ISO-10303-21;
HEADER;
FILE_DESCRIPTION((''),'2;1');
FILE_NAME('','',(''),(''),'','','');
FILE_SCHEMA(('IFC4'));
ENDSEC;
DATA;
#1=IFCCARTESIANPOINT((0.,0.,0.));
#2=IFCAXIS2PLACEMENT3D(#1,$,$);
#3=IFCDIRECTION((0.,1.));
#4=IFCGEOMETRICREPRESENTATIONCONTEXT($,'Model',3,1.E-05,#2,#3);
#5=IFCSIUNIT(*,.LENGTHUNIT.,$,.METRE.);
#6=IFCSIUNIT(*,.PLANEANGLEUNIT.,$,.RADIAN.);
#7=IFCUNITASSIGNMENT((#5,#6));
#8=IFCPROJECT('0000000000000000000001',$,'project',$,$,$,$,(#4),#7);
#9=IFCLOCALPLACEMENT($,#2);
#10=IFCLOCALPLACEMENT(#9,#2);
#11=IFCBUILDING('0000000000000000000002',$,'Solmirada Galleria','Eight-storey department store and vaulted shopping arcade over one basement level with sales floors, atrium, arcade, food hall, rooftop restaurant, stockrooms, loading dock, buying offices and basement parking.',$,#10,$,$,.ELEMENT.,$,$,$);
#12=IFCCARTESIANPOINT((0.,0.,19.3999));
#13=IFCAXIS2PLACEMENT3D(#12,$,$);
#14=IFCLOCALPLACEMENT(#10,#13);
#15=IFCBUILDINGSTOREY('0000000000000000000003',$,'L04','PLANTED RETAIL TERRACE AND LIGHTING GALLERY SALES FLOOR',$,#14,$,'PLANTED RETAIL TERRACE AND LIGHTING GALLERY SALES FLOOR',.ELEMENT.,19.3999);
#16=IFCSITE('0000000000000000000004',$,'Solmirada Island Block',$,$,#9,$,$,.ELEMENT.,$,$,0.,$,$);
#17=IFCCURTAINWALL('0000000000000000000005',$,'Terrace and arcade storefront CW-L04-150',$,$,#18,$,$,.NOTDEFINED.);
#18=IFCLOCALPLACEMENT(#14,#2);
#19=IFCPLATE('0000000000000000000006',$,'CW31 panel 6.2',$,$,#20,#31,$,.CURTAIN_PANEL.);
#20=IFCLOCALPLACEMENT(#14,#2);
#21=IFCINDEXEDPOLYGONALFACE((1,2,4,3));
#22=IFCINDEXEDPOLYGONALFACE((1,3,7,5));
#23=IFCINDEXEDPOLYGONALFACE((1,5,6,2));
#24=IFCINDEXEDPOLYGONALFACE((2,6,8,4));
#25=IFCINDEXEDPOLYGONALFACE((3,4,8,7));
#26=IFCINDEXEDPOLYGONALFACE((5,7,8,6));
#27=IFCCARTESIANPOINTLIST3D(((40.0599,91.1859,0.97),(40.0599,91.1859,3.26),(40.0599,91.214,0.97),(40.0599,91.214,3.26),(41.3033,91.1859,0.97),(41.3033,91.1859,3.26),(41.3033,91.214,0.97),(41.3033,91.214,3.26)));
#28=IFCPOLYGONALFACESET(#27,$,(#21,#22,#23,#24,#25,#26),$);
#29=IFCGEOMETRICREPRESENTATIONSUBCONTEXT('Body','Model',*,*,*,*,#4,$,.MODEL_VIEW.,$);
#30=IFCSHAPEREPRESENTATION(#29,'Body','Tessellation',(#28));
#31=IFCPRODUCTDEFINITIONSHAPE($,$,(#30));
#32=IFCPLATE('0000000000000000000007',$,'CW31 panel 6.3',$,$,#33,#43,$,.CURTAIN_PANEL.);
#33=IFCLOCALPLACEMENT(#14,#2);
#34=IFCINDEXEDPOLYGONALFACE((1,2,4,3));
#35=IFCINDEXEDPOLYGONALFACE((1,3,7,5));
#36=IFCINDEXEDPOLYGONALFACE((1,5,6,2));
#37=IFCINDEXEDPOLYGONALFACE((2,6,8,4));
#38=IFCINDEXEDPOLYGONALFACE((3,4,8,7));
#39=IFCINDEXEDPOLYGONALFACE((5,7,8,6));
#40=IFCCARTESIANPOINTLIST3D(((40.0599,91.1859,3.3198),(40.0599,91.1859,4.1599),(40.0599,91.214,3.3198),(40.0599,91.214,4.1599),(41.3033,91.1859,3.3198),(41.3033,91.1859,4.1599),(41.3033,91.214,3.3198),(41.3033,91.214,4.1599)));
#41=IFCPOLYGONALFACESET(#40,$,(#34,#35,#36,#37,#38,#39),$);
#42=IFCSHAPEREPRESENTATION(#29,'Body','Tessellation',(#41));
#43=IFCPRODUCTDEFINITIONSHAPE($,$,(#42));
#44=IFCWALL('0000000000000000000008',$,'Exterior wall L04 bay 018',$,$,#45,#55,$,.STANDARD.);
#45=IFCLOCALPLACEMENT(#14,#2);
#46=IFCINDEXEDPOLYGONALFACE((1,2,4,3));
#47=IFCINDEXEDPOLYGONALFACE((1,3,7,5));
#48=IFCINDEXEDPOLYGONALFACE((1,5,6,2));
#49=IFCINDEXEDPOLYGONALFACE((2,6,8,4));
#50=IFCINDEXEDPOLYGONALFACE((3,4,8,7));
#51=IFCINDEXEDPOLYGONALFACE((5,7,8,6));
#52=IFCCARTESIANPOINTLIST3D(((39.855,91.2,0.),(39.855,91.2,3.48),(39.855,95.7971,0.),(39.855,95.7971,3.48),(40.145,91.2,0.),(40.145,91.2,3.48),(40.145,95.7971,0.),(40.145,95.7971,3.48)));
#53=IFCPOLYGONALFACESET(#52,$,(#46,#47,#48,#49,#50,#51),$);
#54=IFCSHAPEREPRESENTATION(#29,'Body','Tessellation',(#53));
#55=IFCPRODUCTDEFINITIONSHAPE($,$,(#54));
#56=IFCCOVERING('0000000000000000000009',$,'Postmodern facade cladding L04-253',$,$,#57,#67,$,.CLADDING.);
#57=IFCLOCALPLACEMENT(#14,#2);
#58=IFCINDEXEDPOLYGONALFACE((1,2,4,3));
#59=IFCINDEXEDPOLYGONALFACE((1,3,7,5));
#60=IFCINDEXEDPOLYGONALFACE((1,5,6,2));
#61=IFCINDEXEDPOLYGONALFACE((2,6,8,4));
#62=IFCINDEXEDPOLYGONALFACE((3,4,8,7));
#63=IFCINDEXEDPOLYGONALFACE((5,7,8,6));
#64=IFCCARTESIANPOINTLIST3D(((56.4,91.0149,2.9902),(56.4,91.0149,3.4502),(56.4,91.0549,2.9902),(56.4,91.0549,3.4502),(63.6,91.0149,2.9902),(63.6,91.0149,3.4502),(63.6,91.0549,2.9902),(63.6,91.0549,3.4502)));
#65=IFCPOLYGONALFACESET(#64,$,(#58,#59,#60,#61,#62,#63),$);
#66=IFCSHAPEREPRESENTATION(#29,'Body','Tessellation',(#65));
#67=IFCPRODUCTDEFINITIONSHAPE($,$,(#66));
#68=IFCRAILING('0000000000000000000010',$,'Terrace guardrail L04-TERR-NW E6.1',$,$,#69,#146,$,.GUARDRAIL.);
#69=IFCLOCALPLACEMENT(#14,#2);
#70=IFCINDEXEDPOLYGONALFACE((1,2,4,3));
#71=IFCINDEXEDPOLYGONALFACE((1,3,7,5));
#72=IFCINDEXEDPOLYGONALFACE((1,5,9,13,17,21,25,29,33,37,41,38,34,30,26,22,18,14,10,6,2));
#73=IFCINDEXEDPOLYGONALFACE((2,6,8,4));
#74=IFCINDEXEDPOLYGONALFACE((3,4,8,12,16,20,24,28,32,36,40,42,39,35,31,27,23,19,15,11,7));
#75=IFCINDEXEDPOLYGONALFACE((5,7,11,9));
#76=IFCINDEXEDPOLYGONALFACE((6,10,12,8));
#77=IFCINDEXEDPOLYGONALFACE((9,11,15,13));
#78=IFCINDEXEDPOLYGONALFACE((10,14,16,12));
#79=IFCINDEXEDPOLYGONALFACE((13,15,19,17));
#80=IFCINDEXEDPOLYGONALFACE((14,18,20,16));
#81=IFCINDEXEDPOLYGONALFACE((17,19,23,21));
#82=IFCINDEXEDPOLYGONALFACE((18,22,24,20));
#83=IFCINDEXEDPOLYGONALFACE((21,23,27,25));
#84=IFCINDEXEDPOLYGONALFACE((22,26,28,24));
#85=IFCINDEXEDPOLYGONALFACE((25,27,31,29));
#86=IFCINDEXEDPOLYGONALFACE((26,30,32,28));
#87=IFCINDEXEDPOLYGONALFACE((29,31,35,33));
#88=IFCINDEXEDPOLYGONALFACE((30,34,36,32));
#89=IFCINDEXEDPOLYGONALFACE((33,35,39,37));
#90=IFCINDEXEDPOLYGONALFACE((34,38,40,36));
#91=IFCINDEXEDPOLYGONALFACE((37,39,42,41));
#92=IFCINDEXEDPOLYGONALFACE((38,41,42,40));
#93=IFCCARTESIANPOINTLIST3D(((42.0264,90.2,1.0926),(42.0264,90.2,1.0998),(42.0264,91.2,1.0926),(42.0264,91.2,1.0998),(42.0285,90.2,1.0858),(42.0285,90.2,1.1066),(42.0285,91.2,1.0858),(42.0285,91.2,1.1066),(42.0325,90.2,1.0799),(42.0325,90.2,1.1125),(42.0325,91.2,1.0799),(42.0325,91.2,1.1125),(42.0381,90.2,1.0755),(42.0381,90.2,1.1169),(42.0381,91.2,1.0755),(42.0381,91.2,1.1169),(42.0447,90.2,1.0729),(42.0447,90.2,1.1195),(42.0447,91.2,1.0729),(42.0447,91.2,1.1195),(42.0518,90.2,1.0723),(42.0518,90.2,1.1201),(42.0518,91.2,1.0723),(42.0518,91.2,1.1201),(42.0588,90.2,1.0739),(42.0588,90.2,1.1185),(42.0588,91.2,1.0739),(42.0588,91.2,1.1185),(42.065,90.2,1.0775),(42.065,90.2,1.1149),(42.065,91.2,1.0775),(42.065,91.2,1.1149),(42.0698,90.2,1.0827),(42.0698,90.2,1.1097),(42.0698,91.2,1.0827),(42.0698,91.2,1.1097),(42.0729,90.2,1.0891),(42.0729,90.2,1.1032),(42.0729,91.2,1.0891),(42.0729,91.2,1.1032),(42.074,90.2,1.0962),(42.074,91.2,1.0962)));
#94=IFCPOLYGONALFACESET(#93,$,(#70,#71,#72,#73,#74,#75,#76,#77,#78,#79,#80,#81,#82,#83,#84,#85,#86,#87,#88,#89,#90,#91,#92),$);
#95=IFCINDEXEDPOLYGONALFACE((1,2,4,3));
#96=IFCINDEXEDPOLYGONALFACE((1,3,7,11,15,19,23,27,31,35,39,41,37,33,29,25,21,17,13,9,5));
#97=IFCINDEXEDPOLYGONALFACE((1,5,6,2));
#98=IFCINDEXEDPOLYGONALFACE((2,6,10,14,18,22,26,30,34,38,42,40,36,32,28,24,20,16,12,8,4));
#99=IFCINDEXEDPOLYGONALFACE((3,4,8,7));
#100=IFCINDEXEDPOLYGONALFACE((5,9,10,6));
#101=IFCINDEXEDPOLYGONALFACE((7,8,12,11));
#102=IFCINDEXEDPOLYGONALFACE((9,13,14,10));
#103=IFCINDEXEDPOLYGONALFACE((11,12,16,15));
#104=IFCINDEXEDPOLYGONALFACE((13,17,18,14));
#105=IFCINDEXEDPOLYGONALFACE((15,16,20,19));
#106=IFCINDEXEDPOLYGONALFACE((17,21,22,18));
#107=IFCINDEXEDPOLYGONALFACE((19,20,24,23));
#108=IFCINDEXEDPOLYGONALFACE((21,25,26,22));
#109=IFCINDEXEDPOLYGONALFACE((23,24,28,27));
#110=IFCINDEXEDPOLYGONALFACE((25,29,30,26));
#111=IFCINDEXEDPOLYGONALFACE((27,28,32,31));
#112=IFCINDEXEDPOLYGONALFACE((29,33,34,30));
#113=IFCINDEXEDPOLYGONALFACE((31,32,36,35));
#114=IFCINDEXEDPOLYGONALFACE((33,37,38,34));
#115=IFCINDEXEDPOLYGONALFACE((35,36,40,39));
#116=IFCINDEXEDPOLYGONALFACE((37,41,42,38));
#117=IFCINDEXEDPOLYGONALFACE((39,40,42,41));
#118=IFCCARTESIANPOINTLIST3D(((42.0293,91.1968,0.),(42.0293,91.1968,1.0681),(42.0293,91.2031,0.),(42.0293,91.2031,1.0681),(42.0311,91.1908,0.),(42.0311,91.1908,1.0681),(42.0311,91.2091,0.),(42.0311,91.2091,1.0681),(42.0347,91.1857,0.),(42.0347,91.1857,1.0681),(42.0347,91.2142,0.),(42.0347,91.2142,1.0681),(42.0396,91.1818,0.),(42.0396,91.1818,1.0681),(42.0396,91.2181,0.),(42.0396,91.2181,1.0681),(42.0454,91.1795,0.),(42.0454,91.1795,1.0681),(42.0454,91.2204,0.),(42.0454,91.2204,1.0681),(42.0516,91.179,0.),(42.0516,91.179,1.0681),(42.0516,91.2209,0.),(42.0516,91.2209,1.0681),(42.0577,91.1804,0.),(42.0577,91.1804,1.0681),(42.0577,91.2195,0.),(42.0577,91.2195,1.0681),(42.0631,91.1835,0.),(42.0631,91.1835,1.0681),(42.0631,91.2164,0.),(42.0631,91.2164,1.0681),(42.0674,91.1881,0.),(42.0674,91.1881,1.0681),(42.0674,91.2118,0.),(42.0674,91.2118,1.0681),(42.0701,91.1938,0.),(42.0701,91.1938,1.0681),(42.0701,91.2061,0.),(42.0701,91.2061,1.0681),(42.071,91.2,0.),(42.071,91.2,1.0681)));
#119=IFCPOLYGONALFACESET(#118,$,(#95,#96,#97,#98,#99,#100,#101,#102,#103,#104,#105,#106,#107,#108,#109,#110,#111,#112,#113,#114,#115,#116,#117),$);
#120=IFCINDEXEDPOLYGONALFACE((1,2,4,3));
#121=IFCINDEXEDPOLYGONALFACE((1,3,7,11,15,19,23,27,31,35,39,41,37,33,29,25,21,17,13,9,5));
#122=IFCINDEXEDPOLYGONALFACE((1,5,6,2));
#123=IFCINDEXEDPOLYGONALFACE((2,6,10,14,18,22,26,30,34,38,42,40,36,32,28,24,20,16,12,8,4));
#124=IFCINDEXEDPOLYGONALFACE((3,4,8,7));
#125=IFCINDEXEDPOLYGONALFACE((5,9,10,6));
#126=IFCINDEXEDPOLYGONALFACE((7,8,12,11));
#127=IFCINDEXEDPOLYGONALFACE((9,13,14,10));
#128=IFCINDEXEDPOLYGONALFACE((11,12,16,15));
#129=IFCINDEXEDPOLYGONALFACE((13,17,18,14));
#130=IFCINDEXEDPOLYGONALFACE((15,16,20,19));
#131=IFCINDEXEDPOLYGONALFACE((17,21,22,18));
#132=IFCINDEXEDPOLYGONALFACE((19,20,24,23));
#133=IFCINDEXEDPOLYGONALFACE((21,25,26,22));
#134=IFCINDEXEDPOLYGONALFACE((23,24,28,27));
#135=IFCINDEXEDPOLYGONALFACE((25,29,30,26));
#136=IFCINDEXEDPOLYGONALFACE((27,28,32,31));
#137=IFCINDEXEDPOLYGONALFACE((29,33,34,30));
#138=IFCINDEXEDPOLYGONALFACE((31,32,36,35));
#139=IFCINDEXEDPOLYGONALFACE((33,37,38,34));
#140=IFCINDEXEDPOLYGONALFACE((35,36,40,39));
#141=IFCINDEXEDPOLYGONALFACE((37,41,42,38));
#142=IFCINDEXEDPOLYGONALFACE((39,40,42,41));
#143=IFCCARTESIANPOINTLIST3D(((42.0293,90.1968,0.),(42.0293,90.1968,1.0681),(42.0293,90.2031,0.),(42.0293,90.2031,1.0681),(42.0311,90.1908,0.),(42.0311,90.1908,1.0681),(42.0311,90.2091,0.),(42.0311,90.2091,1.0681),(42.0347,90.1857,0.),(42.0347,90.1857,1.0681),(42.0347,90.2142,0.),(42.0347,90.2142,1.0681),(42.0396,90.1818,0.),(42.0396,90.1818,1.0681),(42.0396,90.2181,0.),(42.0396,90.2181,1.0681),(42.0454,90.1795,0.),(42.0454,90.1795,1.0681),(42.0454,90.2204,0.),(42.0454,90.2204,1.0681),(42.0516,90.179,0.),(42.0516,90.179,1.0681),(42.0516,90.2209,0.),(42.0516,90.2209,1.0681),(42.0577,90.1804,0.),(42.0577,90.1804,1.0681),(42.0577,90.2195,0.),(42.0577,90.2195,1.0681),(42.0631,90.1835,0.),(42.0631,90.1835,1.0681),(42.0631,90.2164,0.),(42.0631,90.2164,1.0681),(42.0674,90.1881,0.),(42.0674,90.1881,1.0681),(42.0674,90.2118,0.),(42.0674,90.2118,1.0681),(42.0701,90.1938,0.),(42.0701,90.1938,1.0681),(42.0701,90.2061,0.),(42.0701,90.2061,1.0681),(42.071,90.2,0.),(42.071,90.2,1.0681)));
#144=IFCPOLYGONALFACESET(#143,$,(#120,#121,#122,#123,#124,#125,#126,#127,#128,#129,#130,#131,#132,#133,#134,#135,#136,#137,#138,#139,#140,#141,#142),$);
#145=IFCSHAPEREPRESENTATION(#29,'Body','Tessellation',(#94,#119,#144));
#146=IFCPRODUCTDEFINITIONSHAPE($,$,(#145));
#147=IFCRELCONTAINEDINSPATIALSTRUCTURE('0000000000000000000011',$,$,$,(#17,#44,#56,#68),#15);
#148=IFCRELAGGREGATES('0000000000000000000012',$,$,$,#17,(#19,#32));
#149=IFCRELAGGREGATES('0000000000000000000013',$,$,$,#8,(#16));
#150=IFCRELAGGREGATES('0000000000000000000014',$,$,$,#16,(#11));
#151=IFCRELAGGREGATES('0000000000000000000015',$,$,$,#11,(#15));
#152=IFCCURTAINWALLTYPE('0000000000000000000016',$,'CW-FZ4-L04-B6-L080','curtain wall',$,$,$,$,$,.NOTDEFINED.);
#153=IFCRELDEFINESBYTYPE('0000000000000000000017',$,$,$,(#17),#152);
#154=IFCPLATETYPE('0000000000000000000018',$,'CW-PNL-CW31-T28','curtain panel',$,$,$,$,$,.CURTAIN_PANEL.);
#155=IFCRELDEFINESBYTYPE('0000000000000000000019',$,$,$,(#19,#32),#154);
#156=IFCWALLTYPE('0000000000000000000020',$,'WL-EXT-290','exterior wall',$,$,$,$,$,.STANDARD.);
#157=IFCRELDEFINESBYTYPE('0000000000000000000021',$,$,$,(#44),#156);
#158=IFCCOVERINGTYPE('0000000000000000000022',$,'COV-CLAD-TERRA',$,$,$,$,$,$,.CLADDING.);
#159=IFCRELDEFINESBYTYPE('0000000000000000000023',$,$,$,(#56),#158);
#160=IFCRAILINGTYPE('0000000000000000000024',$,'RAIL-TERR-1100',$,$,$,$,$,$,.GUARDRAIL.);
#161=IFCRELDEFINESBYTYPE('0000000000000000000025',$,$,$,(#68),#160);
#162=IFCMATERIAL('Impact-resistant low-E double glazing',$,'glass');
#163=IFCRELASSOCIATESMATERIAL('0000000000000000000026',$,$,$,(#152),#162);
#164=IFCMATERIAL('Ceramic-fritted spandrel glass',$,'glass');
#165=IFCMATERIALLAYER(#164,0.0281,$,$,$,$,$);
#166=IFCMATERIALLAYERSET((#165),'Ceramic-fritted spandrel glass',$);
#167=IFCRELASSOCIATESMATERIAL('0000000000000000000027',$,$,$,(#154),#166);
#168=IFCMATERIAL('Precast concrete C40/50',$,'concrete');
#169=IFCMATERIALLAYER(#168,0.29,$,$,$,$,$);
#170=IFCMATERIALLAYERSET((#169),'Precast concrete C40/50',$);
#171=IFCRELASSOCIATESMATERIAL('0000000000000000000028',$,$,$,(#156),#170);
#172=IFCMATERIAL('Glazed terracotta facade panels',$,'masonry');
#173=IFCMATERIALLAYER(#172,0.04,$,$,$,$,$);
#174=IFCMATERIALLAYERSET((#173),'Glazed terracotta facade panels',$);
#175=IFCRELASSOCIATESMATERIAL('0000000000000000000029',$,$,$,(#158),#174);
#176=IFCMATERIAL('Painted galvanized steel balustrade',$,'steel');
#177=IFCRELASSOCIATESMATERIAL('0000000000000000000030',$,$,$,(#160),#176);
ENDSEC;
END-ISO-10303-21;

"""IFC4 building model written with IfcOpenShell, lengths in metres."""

from ifc_helpers import new_model, si_unit, direction, frame, frame_2d, origin, origin_2d, place, context, subcontext, project, spatial, rectangle, circle, extrude, material, layer, layer_set, type_object, element, aggregate, save


model = new_model("IFC4")

# Units and contexts
model_context = context("Model", 3, precision=1e-05, world=origin(), true_north=direction((0.0, 1.0)))
body_context = subcontext(model_context, "Body", "Model", "MODEL_VIEW")
ifc_project = project(units=[si_unit("LENGTHUNIT", "METRE"), si_unit("PLANEANGLEUNIT", "RADIAN")], contexts=[model_context])

# Site, building, storey
site_placement = place(None, origin())
site = spatial("IfcSite", under=ifc_project, at=site_placement, Name="Solmirada Island Block", CompositionType="ELEMENT", RefElevation=0.0)
building_placement = place(site_placement, origin())
building = spatial("IfcBuilding", under=site, at=building_placement, Name="Solmirada Galleria", Description="Eight-storey department store and vaulted shopping arcade over one basement level with sales floors, atrium, arcade, food hall, rooftop restaurant, stockrooms, loading dock, buying offices and basement parking.", CompositionType="ELEMENT")
storey_placement = place(building_placement, frame((0.0, 0.0, 19.3999)))
storey = spatial("IfcBuildingStorey", under=building, at=storey_placement, Name="L04", Description="PLANTED RETAIL TERRACE AND LIGHTING GALLERY SALES FLOOR", LongName="PLANTED RETAIL TERRACE AND LIGHTING GALLERY SALES FLOOR", CompositionType="ELEMENT", Elevation=19.3999)

# Curtain wall, plates
ifc_material_1 = material(Name="Impact-resistant low-E double glazing", Category="glass")
curtain_wall_type = type_object("IfcCurtainWallType", Name="CW-FZ4-L04-B6-L080", Description="curtain wall", PredefinedType="NOTDEFINED", material=ifc_material_1)
curtain_wall_placement = place(storey_placement, origin())
curtain_wall = element("IfcCurtainWall", 1, at=curtain_wall_placement, inside=storey, type_object=curtain_wall_type, Name="Terrace and arcade storefront CW-L04-150", PredefinedType="NOTDEFINED")
ifc_material_2 = material(Name="Ceramic-fritted spandrel glass", Category="glass")
ifc_layer_1 = layer(ifc_material_2, 0.0281)
ifc_layer_set_1 = layer_set([ifc_layer_1], Name="Ceramic-fritted spandrel glass")
plate_type = type_object("IfcPlateType", Name="CW-PNL-CW31-T28", Description="curtain panel", PredefinedType="CURTAIN_PANEL", material=ifc_layer_set_1)
plate_1_placement = place(storey_placement, frame((40.6816, 91.2, 0.97), z_axis=(0.0, 0.0, 1.0), x_axis=(-1.0, 0.0, 0.0)))
plate_1 = element("IfcPlate", 2, at=plate_1_placement, type_object=plate_type, Name="CW31 panel 6.2", PredefinedType="CURTAIN_PANEL", context=body_context, shape_type="SweptSolid", body=[
    extrude(rectangle(XDim=1.2434, YDim=0.0281, at=origin_2d()), origin(), (0.0, 0.0, 1.0), 2.29),
])
plate_2_placement = place(storey_placement, frame((40.6816, 91.2, 3.3198), z_axis=(0.0, 0.0, 1.0), x_axis=(-1.0, 0.0, 0.0)))
plate_2 = element("IfcPlate", 3, at=plate_2_placement, type_object=plate_type, Name="CW31 panel 6.3", PredefinedType="CURTAIN_PANEL", context=body_context, shape_type="SweptSolid", body=[
    extrude(rectangle(XDim=1.2434, YDim=0.0281, at=origin_2d()), origin(), (0.0, 0.0, 1.0), 0.8401),
])
aggregate(curtain_wall, [plate_1, plate_2])

# Wall
ifc_material_3 = material(Name="Precast concrete C40/50", Category="concrete")
ifc_layer_2 = layer(ifc_material_3, 0.29)
ifc_layer_set_2 = layer_set([ifc_layer_2], Name="Precast concrete C40/50")
wall_type = type_object("IfcWallType", Name="WL-EXT-290", Description="exterior wall", PredefinedType="STANDARD", material=ifc_layer_set_2)
wall_placement = place(storey_placement, frame((40.0, 91.2, 0.0), z_axis=(0.0, 0.0, 1.0), x_axis=(0.0, 1.0, 0.0)))
element("IfcWall", 4, at=wall_placement, inside=storey, type_object=wall_type, Name="Exterior wall L04 bay 018", PredefinedType="STANDARD", context=body_context, shape_type="SweptSolid", body=[
    extrude(rectangle(XDim=4.5972, YDim=0.29, at=frame_2d((2.2986, 0.0))), origin(), (0.0, 0.0, 1.0), 3.48),
])

# Covering
ifc_material_4 = material(Name="Glazed terracotta facade panels", Category="masonry")
ifc_layer_3 = layer(ifc_material_4, 0.04)
ifc_layer_set_3 = layer_set([ifc_layer_3], Name="Glazed terracotta facade panels")
covering_type = type_object("IfcCoveringType", Name="COV-CLAD-TERRA", PredefinedType="CLADDING", material=ifc_layer_set_3)
covering_placement = place(storey_placement, frame((60.0, 91.0349, 2.9902), z_axis=(0.0, 0.0, 1.0), x_axis=(-1.0, 0.0, 0.0)))
element("IfcCovering", 5, at=covering_placement, inside=storey, type_object=covering_type, Name="Postmodern facade cladding L04-253", PredefinedType="CLADDING", context=body_context, shape_type="SweptSolid", body=[
    extrude(rectangle(XDim=7.2, YDim=0.04, at=origin_2d()), origin(), (0.0, 0.0, 1.0), 0.46),
])

# Railing
ifc_material_5 = material(Name="Painted galvanized steel balustrade", Category="steel")
railing_type = type_object("IfcRailingType", Name="RAIL-TERR-1100", PredefinedType="GUARDRAIL", material=ifc_material_5)
railing_1_placement = place(storey_placement, frame((42.05, 91.2, 0.0)))
element("IfcRailing", 6, at=railing_1_placement, inside=storey, type_object=railing_type, Name="Terrace guardrail L04-TERR-NW E6.1", PredefinedType="GUARDRAIL", context=body_context, shape_type="SweptSolid", body=[
    extrude(circle(Radius=0.0239, at=origin_2d()), frame((0.0, 0.0, 1.0962), z_axis=(0.0, -1.0, 0.0), x_axis=(1.0, 0.0, 0.0)), (0.0, 0.0, 1.0), 1.0),
    extrude(circle(Radius=0.021, at=origin_2d()), origin(), (0.0, 0.0, 1.0), 1.0681),
    extrude(circle(Radius=0.021, at=origin_2d()), frame((0.0, -1.0, 0.0)), (0.0, 0.0, 1.0), 1.0681),
])

save(model, "model.ifc")
